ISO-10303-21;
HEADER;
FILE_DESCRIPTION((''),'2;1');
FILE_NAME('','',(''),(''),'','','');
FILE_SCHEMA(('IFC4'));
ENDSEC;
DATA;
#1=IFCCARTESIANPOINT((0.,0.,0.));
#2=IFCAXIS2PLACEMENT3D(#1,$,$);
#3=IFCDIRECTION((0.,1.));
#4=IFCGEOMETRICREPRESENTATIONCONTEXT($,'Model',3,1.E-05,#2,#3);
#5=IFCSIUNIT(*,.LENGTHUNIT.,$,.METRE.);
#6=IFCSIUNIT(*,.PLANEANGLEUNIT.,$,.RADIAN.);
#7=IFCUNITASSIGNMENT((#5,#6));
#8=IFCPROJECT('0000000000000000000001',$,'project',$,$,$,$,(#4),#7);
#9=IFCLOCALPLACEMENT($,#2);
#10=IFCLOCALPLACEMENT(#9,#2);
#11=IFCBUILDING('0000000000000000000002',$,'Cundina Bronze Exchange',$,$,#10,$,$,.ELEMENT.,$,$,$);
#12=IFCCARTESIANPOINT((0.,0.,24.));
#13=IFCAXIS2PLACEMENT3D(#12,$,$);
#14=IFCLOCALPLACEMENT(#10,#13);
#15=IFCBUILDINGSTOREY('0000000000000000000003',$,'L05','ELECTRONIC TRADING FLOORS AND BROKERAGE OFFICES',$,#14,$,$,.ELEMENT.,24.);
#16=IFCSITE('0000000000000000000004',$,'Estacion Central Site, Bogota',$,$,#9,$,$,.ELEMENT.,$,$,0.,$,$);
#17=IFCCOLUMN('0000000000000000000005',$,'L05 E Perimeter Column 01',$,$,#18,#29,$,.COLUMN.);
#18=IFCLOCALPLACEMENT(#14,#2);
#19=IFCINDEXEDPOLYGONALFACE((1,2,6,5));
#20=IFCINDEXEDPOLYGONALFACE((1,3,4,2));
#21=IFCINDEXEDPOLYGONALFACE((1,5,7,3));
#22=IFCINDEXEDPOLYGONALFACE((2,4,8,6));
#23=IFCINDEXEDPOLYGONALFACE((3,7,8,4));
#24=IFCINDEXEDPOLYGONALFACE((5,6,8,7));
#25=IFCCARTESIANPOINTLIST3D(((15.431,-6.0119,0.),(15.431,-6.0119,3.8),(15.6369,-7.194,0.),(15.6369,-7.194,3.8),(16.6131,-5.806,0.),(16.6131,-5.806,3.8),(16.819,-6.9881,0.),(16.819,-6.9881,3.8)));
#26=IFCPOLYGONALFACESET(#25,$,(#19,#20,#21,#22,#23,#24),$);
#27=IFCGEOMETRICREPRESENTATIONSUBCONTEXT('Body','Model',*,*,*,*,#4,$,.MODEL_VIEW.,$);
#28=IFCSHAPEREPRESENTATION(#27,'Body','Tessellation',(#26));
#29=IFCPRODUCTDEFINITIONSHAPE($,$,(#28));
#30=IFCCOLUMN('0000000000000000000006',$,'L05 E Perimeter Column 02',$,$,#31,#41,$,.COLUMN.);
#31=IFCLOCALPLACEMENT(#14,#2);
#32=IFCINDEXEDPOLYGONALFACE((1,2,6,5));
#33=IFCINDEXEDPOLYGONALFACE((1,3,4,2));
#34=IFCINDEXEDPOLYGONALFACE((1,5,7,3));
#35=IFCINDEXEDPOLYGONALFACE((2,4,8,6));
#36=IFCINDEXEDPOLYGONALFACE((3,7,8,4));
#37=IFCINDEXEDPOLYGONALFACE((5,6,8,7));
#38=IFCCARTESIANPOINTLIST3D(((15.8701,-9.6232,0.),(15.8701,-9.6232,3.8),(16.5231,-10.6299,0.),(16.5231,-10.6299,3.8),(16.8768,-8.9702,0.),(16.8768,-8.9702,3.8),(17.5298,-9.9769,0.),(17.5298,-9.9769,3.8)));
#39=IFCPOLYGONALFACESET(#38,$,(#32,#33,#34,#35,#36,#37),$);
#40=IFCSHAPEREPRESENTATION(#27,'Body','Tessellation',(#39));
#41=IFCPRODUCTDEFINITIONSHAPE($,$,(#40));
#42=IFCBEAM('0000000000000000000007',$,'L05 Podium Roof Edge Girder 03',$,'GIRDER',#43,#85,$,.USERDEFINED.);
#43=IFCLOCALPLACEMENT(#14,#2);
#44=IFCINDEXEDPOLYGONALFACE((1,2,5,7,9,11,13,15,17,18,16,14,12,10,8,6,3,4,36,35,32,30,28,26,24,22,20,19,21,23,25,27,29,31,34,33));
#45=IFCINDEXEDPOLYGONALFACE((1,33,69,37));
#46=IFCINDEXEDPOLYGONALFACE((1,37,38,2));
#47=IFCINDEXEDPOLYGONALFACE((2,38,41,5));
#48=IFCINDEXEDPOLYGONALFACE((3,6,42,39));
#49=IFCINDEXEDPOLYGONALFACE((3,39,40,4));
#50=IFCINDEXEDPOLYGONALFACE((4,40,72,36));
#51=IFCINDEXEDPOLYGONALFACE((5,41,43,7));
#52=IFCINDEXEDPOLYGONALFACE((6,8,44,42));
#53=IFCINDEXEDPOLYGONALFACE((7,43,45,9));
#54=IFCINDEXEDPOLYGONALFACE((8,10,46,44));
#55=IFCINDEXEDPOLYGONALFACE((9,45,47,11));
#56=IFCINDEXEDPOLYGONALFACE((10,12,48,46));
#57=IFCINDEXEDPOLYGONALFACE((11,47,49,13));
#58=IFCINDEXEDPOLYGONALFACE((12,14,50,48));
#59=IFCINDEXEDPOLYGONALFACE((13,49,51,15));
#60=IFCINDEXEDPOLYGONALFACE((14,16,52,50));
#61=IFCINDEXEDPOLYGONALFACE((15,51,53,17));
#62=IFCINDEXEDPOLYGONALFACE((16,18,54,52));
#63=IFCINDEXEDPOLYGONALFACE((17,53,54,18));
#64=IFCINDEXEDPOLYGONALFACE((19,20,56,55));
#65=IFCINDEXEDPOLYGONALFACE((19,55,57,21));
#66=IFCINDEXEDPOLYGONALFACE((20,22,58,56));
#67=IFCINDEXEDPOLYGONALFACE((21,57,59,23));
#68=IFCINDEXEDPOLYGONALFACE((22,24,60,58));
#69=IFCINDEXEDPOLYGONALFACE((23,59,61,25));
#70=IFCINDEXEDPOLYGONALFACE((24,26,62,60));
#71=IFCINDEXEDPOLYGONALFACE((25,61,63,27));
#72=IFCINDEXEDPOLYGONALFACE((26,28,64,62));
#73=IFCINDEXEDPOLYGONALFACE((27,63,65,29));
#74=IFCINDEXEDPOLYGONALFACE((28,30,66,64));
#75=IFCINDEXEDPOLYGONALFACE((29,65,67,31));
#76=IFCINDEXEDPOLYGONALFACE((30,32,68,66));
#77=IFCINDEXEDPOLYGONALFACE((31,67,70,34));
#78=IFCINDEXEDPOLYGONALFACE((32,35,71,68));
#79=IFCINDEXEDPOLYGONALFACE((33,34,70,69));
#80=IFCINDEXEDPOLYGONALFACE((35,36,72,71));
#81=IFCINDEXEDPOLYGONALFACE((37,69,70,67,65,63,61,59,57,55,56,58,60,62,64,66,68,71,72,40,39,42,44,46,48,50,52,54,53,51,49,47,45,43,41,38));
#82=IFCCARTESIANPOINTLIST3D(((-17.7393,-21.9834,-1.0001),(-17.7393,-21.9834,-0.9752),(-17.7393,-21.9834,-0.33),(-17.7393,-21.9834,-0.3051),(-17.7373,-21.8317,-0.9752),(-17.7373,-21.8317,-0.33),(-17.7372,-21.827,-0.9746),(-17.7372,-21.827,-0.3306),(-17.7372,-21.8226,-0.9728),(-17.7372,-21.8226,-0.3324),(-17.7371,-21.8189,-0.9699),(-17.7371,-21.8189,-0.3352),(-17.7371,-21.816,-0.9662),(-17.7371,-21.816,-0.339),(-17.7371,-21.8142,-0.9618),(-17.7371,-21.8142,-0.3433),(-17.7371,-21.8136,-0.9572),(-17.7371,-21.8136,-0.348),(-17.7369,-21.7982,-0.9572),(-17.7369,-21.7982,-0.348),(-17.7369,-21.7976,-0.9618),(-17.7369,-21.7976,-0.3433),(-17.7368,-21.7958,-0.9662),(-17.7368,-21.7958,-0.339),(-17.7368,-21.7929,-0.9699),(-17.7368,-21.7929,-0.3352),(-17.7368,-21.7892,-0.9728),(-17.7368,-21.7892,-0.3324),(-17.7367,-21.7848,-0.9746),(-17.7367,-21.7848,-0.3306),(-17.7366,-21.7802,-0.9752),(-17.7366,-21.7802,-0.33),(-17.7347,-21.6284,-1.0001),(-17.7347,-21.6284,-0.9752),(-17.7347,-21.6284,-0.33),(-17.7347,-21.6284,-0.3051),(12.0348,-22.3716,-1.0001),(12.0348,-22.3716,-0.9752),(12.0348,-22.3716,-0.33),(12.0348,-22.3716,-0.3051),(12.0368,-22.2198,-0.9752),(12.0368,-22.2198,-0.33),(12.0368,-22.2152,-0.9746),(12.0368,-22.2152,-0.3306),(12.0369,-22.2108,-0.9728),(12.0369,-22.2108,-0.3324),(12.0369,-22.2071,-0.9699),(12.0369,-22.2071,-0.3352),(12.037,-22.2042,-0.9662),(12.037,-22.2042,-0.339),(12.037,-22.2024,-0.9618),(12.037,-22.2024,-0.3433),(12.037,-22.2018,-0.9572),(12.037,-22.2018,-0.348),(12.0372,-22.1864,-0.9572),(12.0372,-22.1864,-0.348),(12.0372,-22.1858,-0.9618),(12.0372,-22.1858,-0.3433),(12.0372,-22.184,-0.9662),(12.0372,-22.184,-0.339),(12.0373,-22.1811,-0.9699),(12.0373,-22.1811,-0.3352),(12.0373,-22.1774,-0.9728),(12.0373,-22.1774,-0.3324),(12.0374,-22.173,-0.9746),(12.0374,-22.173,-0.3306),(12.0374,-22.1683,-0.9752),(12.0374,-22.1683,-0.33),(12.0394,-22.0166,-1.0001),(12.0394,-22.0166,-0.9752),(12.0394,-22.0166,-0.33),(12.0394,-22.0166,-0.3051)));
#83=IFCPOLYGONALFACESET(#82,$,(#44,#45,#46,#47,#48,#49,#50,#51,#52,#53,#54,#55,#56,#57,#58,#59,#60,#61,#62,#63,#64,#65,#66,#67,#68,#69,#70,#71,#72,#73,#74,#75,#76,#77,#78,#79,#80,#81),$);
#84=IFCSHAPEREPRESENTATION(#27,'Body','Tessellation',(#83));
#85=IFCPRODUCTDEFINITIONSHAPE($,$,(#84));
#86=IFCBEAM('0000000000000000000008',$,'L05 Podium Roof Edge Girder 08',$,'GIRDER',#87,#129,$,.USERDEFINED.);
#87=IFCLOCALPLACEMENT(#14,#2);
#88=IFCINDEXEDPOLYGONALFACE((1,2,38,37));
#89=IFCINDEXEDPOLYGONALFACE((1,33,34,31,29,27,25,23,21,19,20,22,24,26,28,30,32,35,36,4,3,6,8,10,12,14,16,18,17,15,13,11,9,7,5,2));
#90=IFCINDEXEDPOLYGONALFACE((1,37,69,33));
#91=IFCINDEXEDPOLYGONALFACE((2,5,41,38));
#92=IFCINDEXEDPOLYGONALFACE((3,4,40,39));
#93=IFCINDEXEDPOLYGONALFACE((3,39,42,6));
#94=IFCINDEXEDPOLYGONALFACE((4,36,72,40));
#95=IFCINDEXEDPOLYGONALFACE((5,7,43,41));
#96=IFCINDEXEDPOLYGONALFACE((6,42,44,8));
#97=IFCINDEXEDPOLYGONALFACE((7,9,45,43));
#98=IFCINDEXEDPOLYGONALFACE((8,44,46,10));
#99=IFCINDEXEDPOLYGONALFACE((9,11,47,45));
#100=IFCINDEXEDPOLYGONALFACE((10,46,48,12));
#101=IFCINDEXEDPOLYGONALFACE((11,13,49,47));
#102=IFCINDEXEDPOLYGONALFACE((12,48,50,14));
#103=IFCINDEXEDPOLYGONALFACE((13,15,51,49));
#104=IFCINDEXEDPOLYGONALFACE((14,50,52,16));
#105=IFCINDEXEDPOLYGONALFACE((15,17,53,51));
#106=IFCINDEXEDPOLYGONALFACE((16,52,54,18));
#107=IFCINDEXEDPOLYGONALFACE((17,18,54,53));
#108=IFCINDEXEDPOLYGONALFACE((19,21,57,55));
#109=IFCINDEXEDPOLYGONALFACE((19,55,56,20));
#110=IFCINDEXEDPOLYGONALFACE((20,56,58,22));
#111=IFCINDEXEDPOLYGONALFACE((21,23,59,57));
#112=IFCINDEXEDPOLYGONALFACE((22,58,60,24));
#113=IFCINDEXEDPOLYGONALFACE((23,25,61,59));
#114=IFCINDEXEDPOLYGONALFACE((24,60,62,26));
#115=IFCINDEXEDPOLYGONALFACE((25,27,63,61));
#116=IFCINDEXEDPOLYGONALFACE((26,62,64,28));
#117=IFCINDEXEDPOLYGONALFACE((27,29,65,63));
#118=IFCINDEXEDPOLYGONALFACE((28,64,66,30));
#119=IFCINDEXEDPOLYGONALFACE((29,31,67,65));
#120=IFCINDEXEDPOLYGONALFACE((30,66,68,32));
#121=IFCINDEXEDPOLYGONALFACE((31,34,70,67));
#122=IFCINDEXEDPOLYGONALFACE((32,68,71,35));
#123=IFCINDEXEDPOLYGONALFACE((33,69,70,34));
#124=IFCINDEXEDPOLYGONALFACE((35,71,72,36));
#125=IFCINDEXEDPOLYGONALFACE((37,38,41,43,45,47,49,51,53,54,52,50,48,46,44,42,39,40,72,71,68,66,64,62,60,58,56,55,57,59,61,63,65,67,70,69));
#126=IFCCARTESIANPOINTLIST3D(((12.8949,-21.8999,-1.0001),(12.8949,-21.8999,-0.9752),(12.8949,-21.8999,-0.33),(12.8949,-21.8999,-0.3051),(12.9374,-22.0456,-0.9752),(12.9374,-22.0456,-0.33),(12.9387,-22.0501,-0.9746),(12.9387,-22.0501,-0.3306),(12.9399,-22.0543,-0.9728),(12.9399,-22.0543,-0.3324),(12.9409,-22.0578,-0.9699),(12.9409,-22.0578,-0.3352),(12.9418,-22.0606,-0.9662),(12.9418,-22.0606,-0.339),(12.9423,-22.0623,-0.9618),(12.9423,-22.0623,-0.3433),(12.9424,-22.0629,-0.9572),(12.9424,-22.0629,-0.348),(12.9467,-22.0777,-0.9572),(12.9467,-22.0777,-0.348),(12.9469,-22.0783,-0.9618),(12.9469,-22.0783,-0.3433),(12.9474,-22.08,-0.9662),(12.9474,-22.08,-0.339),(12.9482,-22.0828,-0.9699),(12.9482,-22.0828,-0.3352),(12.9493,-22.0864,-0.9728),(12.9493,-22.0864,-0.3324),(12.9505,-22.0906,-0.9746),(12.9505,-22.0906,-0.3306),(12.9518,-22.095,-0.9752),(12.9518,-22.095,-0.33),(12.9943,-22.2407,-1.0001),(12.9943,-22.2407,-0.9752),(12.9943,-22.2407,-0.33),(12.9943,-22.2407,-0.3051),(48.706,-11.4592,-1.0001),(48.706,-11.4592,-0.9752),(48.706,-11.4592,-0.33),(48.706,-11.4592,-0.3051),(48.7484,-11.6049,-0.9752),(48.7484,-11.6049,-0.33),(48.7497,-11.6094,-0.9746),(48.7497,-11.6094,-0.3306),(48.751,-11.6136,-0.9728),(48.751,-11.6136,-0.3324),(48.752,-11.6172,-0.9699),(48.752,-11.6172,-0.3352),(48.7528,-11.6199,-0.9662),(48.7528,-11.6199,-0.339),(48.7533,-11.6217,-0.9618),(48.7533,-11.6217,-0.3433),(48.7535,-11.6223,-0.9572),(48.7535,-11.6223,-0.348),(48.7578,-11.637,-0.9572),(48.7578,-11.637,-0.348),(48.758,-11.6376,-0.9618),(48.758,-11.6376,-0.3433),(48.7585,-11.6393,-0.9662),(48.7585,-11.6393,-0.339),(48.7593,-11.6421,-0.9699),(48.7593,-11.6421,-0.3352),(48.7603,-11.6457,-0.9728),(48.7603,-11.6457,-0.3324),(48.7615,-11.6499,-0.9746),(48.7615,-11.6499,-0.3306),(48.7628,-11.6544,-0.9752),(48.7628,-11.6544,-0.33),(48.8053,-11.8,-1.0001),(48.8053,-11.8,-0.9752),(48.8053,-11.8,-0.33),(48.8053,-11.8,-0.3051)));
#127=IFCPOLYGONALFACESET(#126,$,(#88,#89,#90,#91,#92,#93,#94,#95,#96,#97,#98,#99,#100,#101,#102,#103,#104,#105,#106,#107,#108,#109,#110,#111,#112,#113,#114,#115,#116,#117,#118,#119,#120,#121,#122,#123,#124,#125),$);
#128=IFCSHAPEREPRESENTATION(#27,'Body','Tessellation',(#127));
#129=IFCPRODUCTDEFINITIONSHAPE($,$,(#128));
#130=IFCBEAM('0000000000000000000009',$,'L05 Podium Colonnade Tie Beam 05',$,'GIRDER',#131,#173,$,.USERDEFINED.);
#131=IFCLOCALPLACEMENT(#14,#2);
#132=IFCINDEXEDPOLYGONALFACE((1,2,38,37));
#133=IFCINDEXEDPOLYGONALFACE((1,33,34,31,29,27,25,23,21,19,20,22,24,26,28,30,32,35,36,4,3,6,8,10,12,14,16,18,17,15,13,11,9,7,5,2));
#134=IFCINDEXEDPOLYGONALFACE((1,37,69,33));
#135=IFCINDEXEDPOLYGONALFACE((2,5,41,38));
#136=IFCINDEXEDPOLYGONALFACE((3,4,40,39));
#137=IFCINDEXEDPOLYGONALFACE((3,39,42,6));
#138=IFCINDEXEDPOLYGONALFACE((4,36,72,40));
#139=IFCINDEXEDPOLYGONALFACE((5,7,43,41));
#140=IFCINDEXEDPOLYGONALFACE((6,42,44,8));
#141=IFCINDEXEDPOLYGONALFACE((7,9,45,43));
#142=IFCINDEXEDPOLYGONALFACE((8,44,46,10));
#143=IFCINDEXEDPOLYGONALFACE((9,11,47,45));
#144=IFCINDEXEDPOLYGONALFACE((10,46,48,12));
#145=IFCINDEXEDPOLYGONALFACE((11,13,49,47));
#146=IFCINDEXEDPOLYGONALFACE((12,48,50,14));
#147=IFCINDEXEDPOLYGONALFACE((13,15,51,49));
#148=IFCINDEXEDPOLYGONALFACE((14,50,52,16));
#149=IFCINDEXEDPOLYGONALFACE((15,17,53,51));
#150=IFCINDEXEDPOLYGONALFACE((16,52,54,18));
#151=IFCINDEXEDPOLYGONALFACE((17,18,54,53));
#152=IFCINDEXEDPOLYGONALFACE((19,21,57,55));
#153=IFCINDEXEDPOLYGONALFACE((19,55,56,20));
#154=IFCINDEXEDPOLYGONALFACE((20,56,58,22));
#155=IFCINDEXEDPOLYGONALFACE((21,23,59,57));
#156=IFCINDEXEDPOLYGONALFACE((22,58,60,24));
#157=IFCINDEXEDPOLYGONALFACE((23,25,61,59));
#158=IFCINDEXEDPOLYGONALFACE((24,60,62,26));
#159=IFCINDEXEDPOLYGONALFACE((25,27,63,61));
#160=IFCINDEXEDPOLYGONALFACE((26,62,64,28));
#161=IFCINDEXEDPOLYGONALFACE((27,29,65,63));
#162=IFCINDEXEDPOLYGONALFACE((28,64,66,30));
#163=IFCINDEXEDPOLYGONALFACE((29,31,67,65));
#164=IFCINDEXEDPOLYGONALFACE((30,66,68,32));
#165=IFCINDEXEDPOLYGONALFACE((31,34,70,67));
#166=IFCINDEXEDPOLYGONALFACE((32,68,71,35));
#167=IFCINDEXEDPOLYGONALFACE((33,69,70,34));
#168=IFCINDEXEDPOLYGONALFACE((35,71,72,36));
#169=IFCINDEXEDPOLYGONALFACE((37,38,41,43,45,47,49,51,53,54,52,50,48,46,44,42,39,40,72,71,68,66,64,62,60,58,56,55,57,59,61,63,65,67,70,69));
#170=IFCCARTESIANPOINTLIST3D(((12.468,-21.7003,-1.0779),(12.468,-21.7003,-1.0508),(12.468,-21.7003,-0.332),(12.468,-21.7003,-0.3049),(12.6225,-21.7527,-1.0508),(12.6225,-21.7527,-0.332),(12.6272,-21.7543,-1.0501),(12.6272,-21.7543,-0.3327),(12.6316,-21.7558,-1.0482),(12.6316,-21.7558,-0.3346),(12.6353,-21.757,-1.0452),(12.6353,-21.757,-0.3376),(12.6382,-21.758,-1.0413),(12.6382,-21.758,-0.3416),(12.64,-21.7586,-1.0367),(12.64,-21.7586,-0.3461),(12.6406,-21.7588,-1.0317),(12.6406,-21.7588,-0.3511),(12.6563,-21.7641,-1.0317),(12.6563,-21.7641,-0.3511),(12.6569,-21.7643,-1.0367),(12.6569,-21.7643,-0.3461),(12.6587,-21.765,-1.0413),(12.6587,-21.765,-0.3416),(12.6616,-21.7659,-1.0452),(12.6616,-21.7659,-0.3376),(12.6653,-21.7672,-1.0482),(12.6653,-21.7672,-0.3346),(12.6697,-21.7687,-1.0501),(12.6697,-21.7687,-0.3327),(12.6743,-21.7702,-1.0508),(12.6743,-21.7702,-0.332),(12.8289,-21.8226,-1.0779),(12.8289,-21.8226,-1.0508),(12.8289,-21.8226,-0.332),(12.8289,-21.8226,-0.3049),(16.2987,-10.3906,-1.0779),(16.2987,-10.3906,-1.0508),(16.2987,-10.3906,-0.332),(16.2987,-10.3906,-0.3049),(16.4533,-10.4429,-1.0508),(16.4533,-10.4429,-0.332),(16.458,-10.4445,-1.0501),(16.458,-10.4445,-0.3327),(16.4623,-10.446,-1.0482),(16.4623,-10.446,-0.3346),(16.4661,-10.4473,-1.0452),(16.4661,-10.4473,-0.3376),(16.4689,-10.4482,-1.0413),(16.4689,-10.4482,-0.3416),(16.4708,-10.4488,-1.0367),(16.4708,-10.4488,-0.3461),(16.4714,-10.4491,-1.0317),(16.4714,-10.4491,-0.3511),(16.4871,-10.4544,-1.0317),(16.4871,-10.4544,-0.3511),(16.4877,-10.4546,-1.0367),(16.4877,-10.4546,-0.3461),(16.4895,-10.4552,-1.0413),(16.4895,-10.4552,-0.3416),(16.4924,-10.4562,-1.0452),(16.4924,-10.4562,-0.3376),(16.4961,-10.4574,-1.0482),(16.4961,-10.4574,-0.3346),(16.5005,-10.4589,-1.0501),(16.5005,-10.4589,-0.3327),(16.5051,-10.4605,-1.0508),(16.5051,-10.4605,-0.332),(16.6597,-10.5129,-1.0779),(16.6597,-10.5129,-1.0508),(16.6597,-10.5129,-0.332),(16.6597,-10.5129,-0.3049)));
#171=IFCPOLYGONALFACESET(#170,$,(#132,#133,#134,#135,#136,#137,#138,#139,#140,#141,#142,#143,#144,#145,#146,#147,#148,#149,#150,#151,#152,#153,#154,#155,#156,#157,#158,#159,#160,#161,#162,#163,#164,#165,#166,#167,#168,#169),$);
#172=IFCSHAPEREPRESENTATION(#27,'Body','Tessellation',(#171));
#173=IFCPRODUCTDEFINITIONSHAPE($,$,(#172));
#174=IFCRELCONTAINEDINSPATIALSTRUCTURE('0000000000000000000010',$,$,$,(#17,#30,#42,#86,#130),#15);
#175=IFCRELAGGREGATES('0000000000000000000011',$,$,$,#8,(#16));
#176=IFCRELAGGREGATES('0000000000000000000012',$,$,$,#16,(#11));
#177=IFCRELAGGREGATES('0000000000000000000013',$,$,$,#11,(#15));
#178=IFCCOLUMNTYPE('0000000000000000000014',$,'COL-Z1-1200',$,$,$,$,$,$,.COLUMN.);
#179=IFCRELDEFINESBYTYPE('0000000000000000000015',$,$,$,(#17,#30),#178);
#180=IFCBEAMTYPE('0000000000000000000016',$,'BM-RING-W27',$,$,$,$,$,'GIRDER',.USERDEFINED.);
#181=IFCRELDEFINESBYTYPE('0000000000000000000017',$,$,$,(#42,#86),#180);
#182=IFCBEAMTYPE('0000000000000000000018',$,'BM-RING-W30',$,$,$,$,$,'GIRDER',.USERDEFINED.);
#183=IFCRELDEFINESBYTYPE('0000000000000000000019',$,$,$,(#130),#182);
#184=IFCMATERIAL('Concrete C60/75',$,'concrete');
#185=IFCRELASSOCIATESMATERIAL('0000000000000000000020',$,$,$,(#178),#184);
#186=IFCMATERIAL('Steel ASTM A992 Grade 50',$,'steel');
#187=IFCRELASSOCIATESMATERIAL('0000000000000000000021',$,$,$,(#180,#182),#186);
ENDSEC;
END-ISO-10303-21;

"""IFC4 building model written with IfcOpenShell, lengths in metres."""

from ifc_helpers import new_model, si_unit, direction, frame, origin, origin_2d, place, context, subcontext, project, spatial, rectangle, i_section, extrude, material, material_profile, profile_set, type_object, element, save


model = new_model("IFC4")

# Units and contexts
model_context = context("Model", 3, precision=1e-05, world=origin(), true_north=direction((0.0, 1.0)))
body_context = subcontext(model_context, "Body", "Model", "MODEL_VIEW")
ifc_project = project(units=[si_unit("LENGTHUNIT", "METRE"), si_unit("PLANEANGLEUNIT", "RADIAN")], contexts=[model_context])

# Site, building, storey
site_placement = place(None, origin())
site = spatial("IfcSite", under=ifc_project, at=site_placement, Name="Estacion Central Site, Bogota", CompositionType="ELEMENT", RefElevation=0.0)
building_placement = place(site_placement, origin())
building = spatial("IfcBuilding", under=site, at=building_placement, Name="Cundina Bronze Exchange", CompositionType="ELEMENT")
storey_placement = place(building_placement, frame((0.0, 0.0, 24.0)))
storey = spatial("IfcBuildingStorey", under=building, at=storey_placement, Name="L05", Description="ELECTRONIC TRADING FLOORS AND BROKERAGE OFFICES", CompositionType="ELEMENT", Elevation=24.0)

# Columns
ifc_material_1 = material(Name="Concrete C60/75", Category="concrete")
ifc_material_profile_1 = material_profile(ifc_material_1, rectangle(XDim=1.2, YDim=1.2, at=origin_2d()), Name="RC1200X1200", Category="concrete")
ifc_profile_set_1 = profile_set([ifc_material_profile_1], Name="Concrete C60/75")
column_type = type_object("IfcColumnType", Name="COL-Z1-1200", PredefinedType="COLUMN", material=ifc_profile_set_1)
for number, where, z_axis, x_axis, name in (
    (1, (16.125, -6.5, 0.0), (0.0, 0.0, 1.0), (0.171585, -0.985169, 0.0), "L05 E Perimeter Column 01"),
    (2, (16.7, -9.8, 0.0), (0.0, 0.0, 1.0), (0.5442, -0.838956, 0.0), "L05 E Perimeter Column 02"),
):
    element("IfcColumn", number, at=place(storey_placement, frame(where, z_axis=z_axis, x_axis=x_axis)), inside=storey, type_object=column_type, Name=name, PredefinedType="COLUMN", context=body_context, shape_type="SweptSolid", body=[
        extrude(rectangle(XDim=1.2, YDim=1.2, at=origin_2d()), origin(), (0.0, 0.0, 1.0), 3.8),
    ])

# Beams
ifc_material_2 = material(Name="Steel ASTM A992 Grade 50", Category="steel")
ifc_material_profile_2 = material_profile(ifc_material_2, i_section(OverallWidth=0.355, OverallDepth=0.6951, WebThickness=0.0154, FlangeThickness=0.0249, FilletRadius=0.0181, at=origin_2d()), Name="W27X146", Category="steel")
ifc_profile_set_2 = profile_set([ifc_material_profile_2], Name="Steel ASTM A992 Grade 50")
beam_type_1 = type_object("IfcBeamType", Name="BM-RING-W27", ElementType="GIRDER", PredefinedType="USERDEFINED", material=ifc_profile_set_2)
beam_1_placement = place(storey_placement, frame((12.0371, -22.1941, -0.6526), z_axis=(-0.999915, 0.013036, 0.0), x_axis=(-0.013036, -0.999915, 0.0)))
element("IfcBeam", 3, at=beam_1_placement, inside=storey, type_object=beam_type_1, Name="L05 Podium Roof Edge Girder 03", ObjectType="GIRDER", PredefinedType="USERDEFINED", context=body_context, shape_type="SweptSolid", body=[
    extrude(i_section(OverallWidth=0.355, OverallDepth=0.6951, WebThickness=0.0154, FlangeThickness=0.0249, FilletRadius=0.0181, at=origin_2d()), origin(), (0.0, 0.0, 1.0), 29.7766),
])
beam_2_placement = place(storey_placement, frame((12.9446, -22.0703, -0.6526), z_axis=(0.96003, 0.279896, 0.0), x_axis=(-0.279896, 0.96003, 0.0)))
element("IfcBeam", 4, at=beam_2_placement, inside=storey, type_object=beam_type_1, Name="L05 Podium Roof Edge Girder 08", ObjectType="GIRDER", PredefinedType="USERDEFINED", context=body_context, shape_type="SweptSolid", body=[
    extrude(i_section(OverallWidth=0.355, OverallDepth=0.6951, WebThickness=0.0154, FlangeThickness=0.0249, FilletRadius=0.0181, at=origin_2d()), origin(), (0.0, 0.0, 1.0), 37.302),
])
ifc_material_profile_3 = material_profile(ifc_material_2, i_section(OverallWidth=0.3811, OverallDepth=0.7729, WebThickness=0.0166, FlangeThickness=0.0271, FilletRadius=0.019, at=origin_2d()), Name="W30X173", Category="steel")
ifc_profile_set_3 = profile_set([ifc_material_profile_3], Name="Steel ASTM A992 Grade 50")
beam_type_2 = type_object("IfcBeamType", Name="BM-RING-W30", ElementType="GIRDER", PredefinedType="USERDEFINED", material=ifc_profile_set_3)
beam_3_placement = place(storey_placement, frame((12.6484, -21.7615, -0.6914), z_axis=(0.320812, 0.947143, 0.0), x_axis=(-0.947143, 0.320812, 0.0)))
element("IfcBeam", 5, at=beam_3_placement, inside=storey, type_object=beam_type_2, Name="L05 Podium Colonnade Tie Beam 05", ObjectType="GIRDER", PredefinedType="USERDEFINED", context=body_context, shape_type="SweptSolid", body=[
    extrude(i_section(OverallWidth=0.3811, OverallDepth=0.7729, WebThickness=0.0166, FlangeThickness=0.0271, FilletRadius=0.019, at=origin_2d()), origin(), (0.0, 0.0, 1.0), 11.9409),
])

save(model, "model.ifc")
